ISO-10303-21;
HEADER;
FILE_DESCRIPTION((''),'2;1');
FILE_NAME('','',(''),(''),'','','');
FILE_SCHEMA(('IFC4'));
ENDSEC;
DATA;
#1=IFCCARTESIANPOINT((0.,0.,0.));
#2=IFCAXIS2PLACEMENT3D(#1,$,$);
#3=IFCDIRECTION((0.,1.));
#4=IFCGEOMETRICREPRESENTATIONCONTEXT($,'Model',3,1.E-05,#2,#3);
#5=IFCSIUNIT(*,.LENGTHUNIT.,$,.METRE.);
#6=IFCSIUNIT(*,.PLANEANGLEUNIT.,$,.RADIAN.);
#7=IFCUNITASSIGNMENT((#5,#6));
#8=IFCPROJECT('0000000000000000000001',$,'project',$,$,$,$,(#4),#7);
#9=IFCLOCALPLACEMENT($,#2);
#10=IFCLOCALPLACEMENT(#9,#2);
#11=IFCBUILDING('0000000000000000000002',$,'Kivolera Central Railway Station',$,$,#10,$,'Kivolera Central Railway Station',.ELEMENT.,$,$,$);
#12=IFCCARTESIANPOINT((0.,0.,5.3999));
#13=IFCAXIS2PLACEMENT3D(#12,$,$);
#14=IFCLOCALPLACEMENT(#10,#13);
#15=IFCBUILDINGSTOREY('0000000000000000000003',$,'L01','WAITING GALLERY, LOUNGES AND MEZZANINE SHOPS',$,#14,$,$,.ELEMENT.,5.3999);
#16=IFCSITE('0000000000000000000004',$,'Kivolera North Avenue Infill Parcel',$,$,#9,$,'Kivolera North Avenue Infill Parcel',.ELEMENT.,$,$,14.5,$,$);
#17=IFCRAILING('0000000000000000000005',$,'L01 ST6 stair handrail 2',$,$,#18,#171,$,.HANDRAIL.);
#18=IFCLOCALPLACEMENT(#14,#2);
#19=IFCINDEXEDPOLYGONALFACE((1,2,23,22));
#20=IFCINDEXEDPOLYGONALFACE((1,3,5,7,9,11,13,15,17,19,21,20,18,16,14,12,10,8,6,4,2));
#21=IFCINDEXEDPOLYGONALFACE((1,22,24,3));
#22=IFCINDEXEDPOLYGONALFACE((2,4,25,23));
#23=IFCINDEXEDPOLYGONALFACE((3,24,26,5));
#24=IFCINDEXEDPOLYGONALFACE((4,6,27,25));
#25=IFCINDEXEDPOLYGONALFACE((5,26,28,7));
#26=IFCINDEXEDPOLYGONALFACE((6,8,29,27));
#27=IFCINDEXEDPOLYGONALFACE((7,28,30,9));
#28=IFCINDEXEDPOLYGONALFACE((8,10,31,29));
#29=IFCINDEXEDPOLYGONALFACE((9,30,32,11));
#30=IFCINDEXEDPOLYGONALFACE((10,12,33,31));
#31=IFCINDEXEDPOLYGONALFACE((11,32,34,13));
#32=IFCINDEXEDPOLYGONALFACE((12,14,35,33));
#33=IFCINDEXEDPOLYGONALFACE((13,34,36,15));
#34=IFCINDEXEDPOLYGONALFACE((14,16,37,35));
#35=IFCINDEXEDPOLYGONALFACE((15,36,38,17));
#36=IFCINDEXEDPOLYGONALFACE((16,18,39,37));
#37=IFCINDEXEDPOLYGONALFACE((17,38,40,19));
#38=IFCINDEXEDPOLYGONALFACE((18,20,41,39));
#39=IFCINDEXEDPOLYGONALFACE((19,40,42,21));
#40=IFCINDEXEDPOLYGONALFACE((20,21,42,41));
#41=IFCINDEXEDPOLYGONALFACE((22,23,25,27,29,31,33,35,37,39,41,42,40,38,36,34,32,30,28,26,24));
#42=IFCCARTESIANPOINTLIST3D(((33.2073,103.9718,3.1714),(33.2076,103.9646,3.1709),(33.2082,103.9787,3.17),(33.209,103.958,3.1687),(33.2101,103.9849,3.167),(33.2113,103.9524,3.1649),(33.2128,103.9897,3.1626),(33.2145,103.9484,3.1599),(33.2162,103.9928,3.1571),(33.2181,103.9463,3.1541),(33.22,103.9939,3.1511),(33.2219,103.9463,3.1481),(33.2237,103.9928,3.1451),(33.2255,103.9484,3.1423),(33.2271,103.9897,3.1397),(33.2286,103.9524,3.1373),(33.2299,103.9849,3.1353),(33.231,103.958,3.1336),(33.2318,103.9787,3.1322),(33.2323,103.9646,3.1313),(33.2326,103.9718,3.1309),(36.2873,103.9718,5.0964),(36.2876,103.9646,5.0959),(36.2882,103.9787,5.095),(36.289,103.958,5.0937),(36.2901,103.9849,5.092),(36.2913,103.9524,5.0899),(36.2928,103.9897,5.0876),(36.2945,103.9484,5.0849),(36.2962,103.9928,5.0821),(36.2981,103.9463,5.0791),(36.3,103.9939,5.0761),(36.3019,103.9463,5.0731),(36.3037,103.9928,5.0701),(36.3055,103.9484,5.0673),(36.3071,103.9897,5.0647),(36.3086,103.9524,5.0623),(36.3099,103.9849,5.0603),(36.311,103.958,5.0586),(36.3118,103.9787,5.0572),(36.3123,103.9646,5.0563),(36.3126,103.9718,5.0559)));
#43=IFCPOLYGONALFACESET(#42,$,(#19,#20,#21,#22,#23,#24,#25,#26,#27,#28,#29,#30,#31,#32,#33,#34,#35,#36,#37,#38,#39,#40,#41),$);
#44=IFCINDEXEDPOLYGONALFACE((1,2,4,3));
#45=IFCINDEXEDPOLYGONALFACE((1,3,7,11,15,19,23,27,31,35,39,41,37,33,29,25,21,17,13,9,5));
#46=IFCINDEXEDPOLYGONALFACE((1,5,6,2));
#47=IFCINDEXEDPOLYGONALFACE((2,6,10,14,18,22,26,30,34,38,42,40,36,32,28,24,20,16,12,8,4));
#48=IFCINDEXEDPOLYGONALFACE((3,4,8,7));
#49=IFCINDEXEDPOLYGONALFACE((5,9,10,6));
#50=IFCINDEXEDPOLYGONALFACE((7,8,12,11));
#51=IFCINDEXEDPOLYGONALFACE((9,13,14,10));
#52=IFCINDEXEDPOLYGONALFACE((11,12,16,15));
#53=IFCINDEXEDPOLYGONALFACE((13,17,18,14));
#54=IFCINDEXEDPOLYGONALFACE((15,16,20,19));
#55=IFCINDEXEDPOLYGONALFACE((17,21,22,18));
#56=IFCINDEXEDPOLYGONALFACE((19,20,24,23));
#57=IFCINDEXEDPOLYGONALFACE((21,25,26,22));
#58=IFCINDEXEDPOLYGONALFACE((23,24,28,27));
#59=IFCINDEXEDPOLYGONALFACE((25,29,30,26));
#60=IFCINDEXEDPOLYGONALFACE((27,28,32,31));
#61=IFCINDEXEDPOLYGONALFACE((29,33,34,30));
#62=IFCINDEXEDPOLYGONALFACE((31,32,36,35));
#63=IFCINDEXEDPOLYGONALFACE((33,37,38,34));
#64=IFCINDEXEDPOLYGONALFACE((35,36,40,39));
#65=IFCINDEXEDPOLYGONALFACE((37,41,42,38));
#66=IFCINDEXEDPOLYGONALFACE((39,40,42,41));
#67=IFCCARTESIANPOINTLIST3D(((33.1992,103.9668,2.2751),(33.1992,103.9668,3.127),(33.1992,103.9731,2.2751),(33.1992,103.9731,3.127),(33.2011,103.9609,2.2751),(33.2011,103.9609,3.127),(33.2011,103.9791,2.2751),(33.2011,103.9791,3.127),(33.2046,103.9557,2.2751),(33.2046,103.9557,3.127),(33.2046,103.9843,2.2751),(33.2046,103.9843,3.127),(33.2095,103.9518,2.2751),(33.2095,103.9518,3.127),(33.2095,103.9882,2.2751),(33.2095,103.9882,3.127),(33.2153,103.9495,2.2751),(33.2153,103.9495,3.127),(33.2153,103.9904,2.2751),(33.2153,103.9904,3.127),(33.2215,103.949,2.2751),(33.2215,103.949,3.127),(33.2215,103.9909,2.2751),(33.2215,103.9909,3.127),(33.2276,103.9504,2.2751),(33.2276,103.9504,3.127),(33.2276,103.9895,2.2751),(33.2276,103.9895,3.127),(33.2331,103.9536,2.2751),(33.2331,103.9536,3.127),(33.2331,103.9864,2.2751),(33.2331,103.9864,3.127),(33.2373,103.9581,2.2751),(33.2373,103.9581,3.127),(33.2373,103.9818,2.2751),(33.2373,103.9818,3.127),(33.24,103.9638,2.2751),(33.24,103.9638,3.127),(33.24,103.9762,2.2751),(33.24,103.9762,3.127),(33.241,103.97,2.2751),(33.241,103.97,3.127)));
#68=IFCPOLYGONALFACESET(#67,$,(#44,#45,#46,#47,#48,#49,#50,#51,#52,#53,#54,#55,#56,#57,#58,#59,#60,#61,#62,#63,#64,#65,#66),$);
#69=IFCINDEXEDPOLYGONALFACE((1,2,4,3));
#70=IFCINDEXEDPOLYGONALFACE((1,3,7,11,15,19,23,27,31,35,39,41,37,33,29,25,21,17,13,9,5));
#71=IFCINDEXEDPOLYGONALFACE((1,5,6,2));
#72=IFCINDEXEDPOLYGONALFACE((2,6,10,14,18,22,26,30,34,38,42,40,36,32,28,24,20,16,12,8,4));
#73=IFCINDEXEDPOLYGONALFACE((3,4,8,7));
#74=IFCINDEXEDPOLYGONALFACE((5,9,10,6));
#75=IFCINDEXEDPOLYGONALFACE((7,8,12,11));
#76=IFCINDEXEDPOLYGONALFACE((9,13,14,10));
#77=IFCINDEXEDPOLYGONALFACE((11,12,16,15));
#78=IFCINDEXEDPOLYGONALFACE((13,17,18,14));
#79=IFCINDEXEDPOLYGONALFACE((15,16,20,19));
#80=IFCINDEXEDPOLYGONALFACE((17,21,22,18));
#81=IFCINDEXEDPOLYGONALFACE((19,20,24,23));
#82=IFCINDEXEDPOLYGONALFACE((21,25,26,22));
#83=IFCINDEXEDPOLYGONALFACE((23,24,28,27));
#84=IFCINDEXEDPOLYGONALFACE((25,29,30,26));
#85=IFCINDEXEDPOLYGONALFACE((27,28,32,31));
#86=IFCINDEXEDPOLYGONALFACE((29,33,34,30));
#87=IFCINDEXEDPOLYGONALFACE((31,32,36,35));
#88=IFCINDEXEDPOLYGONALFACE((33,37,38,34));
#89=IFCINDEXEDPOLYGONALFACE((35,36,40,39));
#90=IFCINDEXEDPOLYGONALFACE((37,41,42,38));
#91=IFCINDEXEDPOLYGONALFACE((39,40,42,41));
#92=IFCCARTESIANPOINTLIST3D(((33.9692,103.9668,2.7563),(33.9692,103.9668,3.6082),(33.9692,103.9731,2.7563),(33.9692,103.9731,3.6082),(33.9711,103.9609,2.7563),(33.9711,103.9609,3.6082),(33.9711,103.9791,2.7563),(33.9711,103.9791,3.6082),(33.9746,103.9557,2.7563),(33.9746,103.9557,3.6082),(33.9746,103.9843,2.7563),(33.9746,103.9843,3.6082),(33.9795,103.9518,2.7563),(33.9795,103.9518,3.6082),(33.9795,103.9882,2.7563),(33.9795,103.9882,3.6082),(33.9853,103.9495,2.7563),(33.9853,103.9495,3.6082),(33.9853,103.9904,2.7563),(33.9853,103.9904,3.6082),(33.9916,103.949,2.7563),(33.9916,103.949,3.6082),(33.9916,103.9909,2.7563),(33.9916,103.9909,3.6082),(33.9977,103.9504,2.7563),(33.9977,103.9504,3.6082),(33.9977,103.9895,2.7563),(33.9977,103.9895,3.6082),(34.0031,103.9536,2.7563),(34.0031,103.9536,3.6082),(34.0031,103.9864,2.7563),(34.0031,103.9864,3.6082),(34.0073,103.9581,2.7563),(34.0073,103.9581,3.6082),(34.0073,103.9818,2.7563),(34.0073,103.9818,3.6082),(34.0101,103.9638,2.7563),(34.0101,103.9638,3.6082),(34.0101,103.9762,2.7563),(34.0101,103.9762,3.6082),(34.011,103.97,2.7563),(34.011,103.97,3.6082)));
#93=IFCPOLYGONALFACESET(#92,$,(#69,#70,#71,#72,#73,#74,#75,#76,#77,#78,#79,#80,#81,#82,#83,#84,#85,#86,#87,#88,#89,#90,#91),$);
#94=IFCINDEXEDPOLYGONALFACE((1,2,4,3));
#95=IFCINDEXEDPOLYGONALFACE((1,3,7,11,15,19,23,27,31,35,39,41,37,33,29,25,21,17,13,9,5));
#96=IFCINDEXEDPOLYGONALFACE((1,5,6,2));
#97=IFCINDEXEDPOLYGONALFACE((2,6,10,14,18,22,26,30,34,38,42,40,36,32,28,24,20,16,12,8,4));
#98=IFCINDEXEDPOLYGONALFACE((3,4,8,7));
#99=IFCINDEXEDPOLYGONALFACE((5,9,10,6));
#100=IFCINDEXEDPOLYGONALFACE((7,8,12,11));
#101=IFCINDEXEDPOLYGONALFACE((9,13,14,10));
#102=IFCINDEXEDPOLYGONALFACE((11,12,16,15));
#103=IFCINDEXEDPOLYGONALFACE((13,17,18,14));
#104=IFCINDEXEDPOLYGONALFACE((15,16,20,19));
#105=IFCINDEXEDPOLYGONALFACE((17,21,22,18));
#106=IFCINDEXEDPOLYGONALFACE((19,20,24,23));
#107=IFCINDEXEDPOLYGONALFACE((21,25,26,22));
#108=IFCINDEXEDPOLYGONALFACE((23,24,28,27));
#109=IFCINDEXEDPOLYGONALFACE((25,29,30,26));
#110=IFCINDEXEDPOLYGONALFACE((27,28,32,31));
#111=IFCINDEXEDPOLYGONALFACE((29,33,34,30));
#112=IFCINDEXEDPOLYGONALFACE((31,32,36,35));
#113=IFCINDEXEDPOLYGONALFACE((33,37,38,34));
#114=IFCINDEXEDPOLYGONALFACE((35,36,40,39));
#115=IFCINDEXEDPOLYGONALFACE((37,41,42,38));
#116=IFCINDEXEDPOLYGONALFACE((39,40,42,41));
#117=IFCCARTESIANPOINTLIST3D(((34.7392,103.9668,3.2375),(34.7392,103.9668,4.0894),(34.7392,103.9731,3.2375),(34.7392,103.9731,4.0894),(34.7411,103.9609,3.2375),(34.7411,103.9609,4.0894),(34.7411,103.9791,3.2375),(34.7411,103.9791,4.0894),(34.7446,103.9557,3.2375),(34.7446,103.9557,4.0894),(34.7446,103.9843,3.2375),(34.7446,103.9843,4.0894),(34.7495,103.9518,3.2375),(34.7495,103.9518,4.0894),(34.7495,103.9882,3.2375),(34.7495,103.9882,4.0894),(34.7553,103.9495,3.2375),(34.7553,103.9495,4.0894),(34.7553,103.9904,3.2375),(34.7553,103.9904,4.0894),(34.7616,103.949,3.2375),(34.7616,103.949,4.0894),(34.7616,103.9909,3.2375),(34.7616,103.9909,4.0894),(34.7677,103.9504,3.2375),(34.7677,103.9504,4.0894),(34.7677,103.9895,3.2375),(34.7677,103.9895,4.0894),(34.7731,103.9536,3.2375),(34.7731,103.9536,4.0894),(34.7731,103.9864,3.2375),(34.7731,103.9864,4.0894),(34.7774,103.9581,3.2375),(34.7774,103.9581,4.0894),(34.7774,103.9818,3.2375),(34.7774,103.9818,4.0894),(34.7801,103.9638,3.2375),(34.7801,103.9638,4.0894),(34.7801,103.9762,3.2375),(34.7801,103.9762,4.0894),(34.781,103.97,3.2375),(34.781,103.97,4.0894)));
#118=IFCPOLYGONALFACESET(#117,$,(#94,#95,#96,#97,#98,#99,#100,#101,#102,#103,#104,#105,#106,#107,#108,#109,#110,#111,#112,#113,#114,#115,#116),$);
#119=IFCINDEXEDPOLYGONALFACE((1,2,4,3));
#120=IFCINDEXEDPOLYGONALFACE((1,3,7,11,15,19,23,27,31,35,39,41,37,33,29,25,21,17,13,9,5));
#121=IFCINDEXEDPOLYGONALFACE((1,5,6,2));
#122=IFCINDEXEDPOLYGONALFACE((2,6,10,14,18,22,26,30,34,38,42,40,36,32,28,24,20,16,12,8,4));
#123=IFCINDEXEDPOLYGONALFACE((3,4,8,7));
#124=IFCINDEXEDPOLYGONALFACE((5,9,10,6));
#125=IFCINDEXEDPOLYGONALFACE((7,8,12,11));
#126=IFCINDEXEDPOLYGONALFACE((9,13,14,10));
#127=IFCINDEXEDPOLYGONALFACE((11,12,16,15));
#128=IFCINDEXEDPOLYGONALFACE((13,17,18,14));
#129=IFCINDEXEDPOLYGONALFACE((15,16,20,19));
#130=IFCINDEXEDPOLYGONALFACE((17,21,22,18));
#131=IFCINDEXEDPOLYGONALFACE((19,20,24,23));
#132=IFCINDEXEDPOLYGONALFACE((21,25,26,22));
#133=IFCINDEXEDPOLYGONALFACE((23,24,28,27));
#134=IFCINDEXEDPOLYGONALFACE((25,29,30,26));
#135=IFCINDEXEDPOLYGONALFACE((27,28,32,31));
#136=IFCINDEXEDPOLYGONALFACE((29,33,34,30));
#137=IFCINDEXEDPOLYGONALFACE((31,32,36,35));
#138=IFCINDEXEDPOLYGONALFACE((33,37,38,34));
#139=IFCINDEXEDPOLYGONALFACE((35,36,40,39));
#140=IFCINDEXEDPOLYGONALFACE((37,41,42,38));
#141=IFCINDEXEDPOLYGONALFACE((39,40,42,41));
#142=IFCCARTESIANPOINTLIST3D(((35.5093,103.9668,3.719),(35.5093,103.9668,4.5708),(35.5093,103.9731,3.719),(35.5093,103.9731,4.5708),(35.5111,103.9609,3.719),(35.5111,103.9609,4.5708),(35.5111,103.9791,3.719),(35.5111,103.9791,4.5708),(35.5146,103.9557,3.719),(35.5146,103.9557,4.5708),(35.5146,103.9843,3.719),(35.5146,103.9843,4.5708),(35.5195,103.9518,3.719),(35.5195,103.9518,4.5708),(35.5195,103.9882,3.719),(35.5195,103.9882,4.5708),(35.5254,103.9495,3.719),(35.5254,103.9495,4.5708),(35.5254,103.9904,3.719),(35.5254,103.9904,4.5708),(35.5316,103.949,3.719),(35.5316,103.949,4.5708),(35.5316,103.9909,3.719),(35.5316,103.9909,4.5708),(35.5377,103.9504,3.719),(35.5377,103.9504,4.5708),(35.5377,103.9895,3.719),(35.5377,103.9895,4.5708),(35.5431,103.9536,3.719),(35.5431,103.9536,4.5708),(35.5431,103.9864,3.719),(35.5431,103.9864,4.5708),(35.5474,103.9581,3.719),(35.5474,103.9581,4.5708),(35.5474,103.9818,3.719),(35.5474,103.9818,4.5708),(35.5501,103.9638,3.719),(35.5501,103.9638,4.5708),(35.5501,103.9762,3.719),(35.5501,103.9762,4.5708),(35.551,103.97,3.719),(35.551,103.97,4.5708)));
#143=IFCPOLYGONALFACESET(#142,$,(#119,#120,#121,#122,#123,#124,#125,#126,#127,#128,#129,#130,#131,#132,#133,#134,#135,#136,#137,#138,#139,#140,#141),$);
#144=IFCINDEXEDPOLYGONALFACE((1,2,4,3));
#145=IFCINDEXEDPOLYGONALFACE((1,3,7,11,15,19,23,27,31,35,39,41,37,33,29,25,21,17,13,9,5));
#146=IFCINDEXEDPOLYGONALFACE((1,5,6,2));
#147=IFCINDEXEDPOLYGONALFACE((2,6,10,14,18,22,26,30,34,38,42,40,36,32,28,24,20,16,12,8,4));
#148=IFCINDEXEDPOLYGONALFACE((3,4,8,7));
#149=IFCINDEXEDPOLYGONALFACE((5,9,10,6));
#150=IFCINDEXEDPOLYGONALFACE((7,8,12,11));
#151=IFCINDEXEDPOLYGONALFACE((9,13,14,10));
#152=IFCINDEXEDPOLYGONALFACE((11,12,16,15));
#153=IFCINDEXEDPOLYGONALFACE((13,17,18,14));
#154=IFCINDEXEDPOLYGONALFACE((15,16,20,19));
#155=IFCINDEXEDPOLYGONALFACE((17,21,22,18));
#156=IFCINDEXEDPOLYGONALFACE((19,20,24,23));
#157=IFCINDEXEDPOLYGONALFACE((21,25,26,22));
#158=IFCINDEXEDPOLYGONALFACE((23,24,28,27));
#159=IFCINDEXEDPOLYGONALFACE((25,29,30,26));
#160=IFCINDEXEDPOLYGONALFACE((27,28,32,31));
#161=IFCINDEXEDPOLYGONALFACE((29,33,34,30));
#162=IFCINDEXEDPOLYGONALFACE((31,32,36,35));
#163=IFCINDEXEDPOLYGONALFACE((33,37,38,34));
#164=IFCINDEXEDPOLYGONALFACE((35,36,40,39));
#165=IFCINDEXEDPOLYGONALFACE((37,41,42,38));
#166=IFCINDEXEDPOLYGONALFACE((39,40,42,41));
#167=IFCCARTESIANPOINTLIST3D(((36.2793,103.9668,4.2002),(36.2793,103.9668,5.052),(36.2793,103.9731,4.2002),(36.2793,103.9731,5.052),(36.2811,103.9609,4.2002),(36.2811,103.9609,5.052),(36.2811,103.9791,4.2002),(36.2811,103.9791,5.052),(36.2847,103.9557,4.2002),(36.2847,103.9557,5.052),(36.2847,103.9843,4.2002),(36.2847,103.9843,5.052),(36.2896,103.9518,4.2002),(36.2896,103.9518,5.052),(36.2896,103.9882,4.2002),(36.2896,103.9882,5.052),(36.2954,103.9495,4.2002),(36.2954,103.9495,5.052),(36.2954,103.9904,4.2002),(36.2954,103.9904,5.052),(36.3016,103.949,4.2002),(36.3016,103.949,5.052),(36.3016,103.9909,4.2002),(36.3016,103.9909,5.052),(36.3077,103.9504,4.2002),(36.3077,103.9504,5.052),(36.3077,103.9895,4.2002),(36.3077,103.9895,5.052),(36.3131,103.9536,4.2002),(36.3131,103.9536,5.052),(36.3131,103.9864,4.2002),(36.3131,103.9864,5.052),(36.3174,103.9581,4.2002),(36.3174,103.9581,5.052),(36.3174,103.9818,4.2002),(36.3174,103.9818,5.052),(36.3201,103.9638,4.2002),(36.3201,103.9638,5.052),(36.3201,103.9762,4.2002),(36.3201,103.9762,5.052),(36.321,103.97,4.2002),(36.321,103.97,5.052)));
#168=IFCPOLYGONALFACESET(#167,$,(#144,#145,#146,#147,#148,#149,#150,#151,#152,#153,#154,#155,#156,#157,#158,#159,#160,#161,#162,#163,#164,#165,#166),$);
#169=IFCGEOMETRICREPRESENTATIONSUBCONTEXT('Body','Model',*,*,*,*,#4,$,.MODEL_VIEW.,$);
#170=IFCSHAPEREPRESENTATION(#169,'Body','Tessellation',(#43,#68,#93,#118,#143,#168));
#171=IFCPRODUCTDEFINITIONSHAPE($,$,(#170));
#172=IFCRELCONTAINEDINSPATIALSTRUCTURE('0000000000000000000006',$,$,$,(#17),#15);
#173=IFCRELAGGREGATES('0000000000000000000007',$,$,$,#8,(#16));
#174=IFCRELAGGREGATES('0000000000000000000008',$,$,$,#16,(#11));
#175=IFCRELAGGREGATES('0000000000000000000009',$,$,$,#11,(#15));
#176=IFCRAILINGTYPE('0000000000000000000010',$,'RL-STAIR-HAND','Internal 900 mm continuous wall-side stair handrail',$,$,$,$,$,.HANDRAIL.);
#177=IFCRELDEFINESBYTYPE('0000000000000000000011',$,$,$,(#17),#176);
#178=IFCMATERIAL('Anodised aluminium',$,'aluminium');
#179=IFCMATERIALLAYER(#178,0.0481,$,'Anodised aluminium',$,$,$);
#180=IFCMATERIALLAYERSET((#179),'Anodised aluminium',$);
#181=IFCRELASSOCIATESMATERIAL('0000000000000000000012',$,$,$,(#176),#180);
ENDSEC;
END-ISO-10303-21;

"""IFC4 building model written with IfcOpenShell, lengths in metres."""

from ifc_helpers import new_model, si_unit, direction, frame, origin, origin_2d, place, context, subcontext, project, spatial, circle, extrude, material, layer, layer_set, type_object, element, save


model = new_model("IFC4")

# Units and contexts
model_context = context("Model", 3, precision=1e-05, world=origin(), true_north=direction((0.0, 1.0)))
body_context = subcontext(model_context, "Body", "Model", "MODEL_VIEW")
ifc_project = project(units=[si_unit("LENGTHUNIT", "METRE"), si_unit("PLANEANGLEUNIT", "RADIAN")], contexts=[model_context])

# Site, building, storey
site_placement = place(None, origin())
site = spatial("IfcSite", under=ifc_project, at=site_placement, Name="Kivolera North Avenue Infill Parcel", LongName="Kivolera North Avenue Infill Parcel", CompositionType="ELEMENT", RefElevation=14.5)
building_placement = place(site_placement, origin())
building = spatial("IfcBuilding", under=site, at=building_placement, Name="Kivolera Central Railway Station", LongName="Kivolera Central Railway Station", CompositionType="ELEMENT")
storey_placement = place(building_placement, frame((0.0, 0.0, 5.3999)))
storey = spatial("IfcBuildingStorey", under=building, at=storey_placement, Name="L01", Description="WAITING GALLERY, LOUNGES AND MEZZANINE SHOPS", CompositionType="ELEMENT", Elevation=5.3999)

# Shared definitions
ifc_material_1 = material(Name="Anodised aluminium", Category="aluminium")

# Railing
ifc_layer_1 = layer(ifc_material_1, 0.0481, Name="Anodised aluminium")
ifc_layer_set_1 = layer_set([ifc_layer_1], Name="Anodised aluminium")
railing_type_1 = type_object("IfcRailingType", Name="RL-STAIR-HAND", Description="Internal 900 mm continuous wall-side stair handrail", PredefinedType="HANDRAIL", material=ifc_layer_set_1)
railing_1_placement = place(storey_placement, frame((33.22, 103.97, 2.2751)))
element("IfcRailing", 1, at=railing_1_placement, inside=storey, type_object=railing_type_1, Name="L01 ST6 stair handrail 2", PredefinedType="HANDRAIL", context=body_context, shape_type="SweptSolid", body=[
    extrude(circle(Radius=0.0239, at=origin_2d()), frame((0.0, 0.0, 0.876), z_axis=(0.847998, 0.0, 0.529999), x_axis=(0.0, 1.0, 0.0)), (0.0, 0.0, 1.0), 3.6321),
    extrude(circle(Radius=0.021, at=origin_2d()), origin(), (0.0, 0.0, 1.0), 0.8518),
    extrude(circle(Radius=0.021, at=origin_2d()), frame((0.77, 0.0, 0.4812)), (0.0, 0.0, 1.0), 0.8518),
    extrude(circle(Radius=0.021, at=origin_2d()), frame((1.54, 0.0, 0.9624)), (0.0, 0.0, 1.0), 0.8518),
    extrude(circle(Radius=0.021, at=origin_2d()), frame((2.3101, 0.0, 1.4438)), (0.0, 0.0, 1.0), 0.8518),
    extrude(circle(Radius=0.021, at=origin_2d()), frame((3.0801, 0.0, 1.925)), (0.0, 0.0, 1.0), 0.8518),
])

save(model, "model.ifc")
